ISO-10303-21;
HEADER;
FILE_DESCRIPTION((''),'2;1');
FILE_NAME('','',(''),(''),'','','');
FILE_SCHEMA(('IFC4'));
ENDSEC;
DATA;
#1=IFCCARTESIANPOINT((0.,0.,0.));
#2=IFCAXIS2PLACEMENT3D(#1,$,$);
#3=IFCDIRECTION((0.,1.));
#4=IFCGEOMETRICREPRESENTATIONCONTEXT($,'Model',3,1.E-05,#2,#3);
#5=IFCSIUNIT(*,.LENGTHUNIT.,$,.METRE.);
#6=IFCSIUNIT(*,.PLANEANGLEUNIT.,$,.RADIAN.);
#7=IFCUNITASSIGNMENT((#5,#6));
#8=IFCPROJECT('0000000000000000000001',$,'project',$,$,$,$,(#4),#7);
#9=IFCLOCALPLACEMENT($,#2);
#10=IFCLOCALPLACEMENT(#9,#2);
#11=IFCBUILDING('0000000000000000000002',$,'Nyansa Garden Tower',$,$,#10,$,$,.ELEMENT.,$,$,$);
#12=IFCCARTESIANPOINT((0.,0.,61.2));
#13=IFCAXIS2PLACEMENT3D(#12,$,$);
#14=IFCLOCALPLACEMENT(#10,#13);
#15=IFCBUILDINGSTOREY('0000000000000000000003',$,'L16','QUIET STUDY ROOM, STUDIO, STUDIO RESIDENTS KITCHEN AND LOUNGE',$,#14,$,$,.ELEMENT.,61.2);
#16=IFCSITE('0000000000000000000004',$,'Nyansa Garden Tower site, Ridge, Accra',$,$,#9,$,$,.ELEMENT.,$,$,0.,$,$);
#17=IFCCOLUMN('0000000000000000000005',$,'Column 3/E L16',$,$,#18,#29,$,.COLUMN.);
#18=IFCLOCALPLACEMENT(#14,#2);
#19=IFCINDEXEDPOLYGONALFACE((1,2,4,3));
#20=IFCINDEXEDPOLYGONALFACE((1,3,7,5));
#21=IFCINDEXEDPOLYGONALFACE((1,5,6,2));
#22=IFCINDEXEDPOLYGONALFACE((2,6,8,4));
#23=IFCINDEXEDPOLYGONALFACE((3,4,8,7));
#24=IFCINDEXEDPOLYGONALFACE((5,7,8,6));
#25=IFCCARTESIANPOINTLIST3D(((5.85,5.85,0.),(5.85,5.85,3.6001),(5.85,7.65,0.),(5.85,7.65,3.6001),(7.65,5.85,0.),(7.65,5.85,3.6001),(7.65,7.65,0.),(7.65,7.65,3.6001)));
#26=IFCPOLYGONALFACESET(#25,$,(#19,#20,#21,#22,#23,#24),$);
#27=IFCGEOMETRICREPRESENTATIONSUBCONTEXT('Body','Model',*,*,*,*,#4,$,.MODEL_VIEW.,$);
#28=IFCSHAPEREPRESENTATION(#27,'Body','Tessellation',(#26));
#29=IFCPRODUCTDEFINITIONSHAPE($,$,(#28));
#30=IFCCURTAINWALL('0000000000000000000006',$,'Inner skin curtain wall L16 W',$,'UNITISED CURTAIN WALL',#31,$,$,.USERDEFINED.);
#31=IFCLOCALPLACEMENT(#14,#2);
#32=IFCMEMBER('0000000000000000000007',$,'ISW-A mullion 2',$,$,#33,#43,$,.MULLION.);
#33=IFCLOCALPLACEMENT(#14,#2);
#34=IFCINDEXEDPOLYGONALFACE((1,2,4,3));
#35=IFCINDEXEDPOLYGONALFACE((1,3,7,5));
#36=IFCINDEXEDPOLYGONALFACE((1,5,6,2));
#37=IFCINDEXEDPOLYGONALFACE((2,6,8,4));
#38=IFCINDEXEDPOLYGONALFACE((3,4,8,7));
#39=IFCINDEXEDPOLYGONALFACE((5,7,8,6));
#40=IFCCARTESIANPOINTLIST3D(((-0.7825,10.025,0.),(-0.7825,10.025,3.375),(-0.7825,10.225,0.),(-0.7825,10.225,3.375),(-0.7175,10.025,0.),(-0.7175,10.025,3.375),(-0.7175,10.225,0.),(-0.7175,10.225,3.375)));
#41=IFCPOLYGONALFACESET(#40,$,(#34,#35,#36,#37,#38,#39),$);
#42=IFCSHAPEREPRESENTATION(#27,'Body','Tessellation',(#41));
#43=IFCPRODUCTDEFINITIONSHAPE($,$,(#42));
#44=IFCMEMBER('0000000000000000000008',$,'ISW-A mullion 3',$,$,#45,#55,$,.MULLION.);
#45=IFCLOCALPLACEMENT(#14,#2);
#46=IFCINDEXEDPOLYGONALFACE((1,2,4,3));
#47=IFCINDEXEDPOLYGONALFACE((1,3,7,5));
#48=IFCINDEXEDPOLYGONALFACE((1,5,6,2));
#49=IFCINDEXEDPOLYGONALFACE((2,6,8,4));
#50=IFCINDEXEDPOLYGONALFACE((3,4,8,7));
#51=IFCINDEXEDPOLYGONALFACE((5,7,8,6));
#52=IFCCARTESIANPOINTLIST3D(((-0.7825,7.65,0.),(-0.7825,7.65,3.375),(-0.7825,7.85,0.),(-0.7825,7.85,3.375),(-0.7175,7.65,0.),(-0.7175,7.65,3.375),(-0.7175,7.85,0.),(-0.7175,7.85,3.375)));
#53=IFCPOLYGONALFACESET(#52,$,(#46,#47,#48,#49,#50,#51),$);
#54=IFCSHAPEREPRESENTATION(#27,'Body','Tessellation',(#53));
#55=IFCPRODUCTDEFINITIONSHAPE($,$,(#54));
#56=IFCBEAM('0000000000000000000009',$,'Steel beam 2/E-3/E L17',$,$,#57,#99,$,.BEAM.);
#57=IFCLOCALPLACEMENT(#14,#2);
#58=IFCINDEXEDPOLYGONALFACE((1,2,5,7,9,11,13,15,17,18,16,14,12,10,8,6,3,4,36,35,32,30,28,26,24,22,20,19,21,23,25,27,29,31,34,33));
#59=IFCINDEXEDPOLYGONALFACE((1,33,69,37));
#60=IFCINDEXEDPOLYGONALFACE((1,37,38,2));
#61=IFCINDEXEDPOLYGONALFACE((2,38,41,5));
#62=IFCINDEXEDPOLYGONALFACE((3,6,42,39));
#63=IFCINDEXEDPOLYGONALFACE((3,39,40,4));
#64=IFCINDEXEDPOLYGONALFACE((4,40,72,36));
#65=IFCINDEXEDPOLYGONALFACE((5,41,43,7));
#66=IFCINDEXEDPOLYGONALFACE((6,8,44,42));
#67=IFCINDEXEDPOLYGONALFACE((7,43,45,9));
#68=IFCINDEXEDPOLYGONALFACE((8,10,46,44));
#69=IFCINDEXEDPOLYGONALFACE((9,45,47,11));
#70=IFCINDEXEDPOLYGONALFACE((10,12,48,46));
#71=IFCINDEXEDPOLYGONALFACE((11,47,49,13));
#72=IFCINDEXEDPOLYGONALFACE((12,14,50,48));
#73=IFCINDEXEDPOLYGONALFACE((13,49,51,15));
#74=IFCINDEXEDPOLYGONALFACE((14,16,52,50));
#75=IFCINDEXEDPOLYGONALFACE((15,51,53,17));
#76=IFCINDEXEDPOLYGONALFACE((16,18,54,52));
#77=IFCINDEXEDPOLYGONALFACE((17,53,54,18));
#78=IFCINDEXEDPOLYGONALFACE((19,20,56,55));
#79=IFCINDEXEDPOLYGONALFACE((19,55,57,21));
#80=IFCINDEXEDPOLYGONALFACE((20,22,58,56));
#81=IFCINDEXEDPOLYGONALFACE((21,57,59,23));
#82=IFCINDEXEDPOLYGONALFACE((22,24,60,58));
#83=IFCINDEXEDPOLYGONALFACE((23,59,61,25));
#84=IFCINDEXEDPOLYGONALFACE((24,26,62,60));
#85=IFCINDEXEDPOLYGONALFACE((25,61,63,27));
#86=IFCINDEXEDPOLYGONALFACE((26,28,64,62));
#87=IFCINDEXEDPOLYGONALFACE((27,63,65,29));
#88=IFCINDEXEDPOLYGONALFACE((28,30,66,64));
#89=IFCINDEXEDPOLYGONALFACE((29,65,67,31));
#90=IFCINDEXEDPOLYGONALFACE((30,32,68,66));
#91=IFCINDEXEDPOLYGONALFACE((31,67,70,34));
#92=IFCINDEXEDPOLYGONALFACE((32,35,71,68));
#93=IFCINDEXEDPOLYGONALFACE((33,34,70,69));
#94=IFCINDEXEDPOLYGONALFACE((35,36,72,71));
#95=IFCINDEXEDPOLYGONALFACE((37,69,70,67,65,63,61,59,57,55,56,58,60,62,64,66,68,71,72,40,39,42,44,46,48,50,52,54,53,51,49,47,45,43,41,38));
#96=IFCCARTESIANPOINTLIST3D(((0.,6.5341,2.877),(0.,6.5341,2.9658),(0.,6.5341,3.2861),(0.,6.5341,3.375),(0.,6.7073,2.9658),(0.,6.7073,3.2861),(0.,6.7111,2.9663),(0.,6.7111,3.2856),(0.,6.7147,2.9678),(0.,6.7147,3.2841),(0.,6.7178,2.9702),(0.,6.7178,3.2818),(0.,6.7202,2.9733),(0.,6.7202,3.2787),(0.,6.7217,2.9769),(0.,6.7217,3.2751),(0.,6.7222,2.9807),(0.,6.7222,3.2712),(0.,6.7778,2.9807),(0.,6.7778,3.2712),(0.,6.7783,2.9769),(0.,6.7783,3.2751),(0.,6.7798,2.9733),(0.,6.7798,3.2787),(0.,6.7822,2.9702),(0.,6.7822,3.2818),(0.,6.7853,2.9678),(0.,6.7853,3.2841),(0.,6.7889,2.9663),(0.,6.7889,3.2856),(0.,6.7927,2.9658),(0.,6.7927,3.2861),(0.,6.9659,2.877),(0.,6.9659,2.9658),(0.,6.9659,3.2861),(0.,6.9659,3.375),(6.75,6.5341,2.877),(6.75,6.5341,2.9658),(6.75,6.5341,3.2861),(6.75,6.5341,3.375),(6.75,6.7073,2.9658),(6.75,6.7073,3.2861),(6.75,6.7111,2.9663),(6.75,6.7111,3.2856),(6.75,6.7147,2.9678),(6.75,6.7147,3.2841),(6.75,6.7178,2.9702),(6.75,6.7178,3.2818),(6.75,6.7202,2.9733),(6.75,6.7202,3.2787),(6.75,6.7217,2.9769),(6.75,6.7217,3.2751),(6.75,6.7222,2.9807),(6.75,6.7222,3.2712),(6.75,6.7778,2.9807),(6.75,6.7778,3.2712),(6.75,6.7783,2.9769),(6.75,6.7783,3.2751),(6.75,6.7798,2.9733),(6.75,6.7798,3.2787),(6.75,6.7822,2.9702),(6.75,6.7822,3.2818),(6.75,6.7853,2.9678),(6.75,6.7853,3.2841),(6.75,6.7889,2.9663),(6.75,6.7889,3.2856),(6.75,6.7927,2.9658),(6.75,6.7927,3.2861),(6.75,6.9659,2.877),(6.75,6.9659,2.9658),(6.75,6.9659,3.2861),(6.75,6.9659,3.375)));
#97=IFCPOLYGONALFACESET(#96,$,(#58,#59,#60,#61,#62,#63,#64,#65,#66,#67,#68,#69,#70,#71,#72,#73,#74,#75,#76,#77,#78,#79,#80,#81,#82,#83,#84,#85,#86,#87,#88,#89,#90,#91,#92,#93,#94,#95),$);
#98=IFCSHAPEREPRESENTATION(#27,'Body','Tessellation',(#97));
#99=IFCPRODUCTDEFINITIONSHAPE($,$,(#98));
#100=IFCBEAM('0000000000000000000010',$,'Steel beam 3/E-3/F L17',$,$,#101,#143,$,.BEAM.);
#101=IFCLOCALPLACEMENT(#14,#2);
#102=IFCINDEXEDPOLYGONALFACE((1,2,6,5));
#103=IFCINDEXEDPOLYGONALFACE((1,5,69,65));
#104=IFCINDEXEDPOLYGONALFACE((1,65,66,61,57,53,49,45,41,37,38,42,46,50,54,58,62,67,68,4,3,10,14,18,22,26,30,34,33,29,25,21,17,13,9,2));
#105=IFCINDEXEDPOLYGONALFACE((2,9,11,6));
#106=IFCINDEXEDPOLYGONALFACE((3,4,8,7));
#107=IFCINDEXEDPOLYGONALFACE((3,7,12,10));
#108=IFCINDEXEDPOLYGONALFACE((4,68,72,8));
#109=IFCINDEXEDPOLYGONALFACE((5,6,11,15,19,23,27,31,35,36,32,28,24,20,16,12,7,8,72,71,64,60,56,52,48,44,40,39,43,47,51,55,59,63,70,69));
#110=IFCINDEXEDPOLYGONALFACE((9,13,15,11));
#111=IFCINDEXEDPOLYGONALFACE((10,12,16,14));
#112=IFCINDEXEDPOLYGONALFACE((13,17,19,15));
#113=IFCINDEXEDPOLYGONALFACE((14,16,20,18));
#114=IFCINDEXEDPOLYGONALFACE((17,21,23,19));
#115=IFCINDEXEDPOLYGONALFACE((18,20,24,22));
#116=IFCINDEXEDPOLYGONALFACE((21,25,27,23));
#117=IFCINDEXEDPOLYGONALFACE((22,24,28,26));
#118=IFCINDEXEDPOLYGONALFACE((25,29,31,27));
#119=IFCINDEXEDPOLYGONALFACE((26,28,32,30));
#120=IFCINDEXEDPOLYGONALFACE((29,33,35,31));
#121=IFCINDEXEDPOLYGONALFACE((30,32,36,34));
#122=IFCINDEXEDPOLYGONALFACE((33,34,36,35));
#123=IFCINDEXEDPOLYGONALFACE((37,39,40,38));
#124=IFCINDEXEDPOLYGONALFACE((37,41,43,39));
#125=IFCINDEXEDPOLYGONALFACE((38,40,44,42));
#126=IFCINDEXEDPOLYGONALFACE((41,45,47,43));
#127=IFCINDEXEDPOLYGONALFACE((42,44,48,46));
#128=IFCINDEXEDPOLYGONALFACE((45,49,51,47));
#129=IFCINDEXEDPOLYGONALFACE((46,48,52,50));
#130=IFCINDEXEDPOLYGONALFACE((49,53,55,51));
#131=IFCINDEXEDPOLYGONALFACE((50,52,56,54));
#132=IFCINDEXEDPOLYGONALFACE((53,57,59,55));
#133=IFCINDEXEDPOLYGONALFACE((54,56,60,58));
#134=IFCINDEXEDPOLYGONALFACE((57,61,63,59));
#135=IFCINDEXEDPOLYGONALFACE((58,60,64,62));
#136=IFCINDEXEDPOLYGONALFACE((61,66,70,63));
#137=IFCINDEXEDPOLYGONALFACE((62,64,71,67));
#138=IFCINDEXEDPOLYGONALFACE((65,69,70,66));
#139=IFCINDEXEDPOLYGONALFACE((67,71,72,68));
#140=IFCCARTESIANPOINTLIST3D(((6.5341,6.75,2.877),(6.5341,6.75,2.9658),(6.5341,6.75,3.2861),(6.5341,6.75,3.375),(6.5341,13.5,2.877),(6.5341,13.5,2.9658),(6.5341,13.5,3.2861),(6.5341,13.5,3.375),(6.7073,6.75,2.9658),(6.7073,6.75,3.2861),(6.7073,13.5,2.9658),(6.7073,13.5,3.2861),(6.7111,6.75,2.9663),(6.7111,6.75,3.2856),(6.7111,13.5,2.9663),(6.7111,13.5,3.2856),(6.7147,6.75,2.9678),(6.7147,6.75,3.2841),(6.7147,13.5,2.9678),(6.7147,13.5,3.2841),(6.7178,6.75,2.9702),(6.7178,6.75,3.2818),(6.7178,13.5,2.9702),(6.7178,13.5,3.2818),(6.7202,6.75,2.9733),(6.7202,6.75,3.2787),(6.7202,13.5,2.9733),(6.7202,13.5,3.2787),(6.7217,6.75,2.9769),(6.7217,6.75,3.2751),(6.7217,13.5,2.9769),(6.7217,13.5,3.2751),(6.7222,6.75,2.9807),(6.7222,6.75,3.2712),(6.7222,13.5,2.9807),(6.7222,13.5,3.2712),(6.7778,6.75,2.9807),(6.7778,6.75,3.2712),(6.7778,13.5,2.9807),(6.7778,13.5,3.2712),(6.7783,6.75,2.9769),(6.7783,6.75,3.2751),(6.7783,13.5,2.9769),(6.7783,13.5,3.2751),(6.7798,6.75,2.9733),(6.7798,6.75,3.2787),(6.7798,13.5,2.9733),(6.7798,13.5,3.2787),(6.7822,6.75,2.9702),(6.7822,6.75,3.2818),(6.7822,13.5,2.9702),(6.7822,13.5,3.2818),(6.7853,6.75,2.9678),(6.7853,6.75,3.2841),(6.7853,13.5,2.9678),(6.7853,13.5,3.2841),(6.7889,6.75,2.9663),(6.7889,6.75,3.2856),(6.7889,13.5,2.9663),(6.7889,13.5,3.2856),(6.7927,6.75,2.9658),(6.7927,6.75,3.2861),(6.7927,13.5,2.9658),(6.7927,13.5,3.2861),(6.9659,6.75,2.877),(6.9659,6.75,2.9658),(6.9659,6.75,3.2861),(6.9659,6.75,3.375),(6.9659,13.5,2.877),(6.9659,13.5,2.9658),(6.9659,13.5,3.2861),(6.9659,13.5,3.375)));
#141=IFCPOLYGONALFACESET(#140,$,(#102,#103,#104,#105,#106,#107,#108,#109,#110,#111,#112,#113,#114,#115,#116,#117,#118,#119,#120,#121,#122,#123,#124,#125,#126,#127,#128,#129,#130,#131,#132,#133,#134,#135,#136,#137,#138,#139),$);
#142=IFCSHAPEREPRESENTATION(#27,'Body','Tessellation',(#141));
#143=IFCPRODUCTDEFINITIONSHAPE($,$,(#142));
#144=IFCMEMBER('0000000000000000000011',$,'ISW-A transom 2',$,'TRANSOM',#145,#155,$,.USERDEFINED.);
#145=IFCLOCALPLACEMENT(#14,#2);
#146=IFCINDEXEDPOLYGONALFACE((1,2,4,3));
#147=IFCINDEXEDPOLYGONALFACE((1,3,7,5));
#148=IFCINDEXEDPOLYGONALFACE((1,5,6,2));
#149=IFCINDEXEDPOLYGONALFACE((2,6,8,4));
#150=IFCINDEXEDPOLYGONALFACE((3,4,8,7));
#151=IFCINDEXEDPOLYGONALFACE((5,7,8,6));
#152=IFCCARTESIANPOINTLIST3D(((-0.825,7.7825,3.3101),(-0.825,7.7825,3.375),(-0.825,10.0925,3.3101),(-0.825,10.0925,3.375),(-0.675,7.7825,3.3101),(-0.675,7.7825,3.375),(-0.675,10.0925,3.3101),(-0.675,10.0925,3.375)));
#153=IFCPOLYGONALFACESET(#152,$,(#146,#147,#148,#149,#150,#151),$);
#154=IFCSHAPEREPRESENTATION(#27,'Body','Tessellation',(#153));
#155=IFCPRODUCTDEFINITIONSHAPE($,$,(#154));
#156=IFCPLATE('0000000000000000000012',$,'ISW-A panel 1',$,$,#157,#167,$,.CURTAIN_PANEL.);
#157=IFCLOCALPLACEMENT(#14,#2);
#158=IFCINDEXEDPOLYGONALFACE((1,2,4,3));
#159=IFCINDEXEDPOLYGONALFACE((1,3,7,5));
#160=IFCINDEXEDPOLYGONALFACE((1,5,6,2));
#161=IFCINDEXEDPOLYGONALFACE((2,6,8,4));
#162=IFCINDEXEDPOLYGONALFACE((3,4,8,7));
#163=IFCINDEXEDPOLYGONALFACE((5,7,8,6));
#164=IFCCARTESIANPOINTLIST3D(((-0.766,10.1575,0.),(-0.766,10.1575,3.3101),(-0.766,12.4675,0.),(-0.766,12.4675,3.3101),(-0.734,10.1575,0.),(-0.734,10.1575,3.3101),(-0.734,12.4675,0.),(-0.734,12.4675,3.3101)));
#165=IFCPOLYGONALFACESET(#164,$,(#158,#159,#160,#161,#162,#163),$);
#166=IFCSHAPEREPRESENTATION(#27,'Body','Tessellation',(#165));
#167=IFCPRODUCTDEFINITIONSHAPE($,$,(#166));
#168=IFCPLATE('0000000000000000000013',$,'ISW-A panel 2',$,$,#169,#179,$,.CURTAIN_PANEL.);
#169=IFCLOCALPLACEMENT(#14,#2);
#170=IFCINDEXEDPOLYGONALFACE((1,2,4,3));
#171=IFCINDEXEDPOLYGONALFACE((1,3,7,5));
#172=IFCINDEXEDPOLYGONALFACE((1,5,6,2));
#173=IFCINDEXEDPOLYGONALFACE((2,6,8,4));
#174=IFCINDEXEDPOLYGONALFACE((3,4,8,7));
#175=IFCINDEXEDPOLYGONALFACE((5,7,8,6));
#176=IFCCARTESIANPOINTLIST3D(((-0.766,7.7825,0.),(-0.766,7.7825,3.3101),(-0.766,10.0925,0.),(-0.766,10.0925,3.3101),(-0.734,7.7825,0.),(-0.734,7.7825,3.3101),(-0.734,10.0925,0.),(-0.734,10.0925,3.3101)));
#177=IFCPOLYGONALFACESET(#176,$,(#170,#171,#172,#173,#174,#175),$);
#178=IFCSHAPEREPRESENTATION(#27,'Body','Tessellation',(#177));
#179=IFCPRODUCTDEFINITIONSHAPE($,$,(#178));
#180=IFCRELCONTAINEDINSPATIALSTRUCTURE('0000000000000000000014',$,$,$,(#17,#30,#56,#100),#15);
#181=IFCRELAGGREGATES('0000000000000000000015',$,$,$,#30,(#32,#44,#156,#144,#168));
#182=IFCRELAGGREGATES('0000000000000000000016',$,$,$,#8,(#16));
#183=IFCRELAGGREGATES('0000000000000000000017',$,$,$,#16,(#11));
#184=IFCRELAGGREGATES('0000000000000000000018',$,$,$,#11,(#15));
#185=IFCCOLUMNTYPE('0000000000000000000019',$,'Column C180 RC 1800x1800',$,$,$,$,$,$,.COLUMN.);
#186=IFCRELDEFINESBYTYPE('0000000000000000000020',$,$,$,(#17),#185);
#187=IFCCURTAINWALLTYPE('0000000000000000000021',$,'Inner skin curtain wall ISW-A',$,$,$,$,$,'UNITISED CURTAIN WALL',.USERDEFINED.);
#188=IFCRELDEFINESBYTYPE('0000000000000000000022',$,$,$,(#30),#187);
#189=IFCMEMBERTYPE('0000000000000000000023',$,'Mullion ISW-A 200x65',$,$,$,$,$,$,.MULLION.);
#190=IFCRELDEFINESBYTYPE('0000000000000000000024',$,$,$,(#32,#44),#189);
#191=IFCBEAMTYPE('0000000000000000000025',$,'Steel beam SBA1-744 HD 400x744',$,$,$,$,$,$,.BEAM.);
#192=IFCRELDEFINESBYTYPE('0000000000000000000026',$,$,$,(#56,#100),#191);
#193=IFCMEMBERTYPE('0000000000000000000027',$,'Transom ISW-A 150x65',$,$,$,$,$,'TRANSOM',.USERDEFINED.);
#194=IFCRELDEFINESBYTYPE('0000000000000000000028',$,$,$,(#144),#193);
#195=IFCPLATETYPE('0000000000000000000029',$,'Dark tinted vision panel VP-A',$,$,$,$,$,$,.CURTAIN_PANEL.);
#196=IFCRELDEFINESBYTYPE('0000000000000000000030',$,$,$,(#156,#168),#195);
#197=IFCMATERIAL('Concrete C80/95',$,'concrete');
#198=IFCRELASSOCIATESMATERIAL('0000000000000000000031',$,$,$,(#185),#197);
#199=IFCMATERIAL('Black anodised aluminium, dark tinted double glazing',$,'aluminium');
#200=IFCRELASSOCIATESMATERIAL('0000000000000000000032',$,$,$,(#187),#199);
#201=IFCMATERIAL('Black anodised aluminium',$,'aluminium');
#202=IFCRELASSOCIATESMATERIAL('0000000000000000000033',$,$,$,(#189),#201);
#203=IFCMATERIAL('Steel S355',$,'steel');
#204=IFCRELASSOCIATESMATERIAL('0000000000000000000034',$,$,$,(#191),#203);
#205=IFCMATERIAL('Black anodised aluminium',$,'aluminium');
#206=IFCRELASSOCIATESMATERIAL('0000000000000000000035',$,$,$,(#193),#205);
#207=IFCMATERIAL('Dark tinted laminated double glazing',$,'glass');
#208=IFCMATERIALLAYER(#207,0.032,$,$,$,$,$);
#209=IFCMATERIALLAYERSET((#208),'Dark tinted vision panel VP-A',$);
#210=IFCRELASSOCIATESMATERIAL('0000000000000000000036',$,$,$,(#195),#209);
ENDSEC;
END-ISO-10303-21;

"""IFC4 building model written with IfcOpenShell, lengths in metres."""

from ifc_helpers import new_model, si_unit, direction, frame, origin, origin_2d, place, context, subcontext, project, spatial, rectangle, i_section, extrude, material, layer, layer_set, material_profile, profile_set, type_object, element, aggregate, save


model = new_model("IFC4")

# Units and contexts
model_context = context("Model", 3, precision=1e-05, world=origin(), true_north=direction((0.0, 1.0)))
body_context = subcontext(model_context, "Body", "Model", "MODEL_VIEW")
ifc_project = project(units=[si_unit("LENGTHUNIT", "METRE"), si_unit("PLANEANGLEUNIT", "RADIAN")], contexts=[model_context])

# Site, building, storey
site_placement = place(None, origin())
site = spatial("IfcSite", under=ifc_project, at=site_placement, Name="Nyansa Garden Tower site, Ridge, Accra", CompositionType="ELEMENT", RefElevation=0.0)
building_placement = place(site_placement, origin())
building = spatial("IfcBuilding", under=site, at=building_placement, Name="Nyansa Garden Tower", CompositionType="ELEMENT")
storey_placement = place(building_placement, frame((0.0, 0.0, 61.2)))
storey = spatial("IfcBuildingStorey", under=building, at=storey_placement, Name="L16", Description="QUIET STUDY ROOM, STUDIO, STUDIO RESIDENTS KITCHEN AND LOUNGE", CompositionType="ELEMENT", Elevation=61.2)

# Column
ifc_material_1 = material(Name="Concrete C80/95", Category="concrete")
ifc_material_profile_1 = material_profile(ifc_material_1, rectangle(XDim=1.8, YDim=1.8, at=origin_2d()), Name="RC 1800x1800")
ifc_profile_set_1 = profile_set([ifc_material_profile_1], Name="Concrete C80/95")
column_type = type_object("IfcColumnType", Name="Column C180 RC 1800x1800", PredefinedType="COLUMN", material=ifc_profile_set_1)
column_placement = place(storey_placement, frame((6.75, 6.75, 0.0), z_axis=(0.0, 0.0, 1.0), x_axis=(1.0, 0.0, 0.0)))
element("IfcColumn", 1, at=column_placement, inside=storey, type_object=column_type, Name="Column 3/E L16", PredefinedType="COLUMN", context=body_context, shape_type="SweptSolid", body=[
    extrude(rectangle(XDim=1.8, YDim=1.8, at=origin_2d()), origin(), (0.0, 0.0, 1.0), 3.6001),
])

# Curtain wall, members
ifc_material_2 = material(Name="Black anodised aluminium, dark tinted double glazing", Category="aluminium")
curtain_wall_type = type_object("IfcCurtainWallType", Name="Inner skin curtain wall ISW-A", ElementType="UNITISED CURTAIN WALL", PredefinedType="USERDEFINED", material=ifc_material_2)
curtain_wall_placement = place(storey_placement, origin())
curtain_wall = element("IfcCurtainWall", 2, at=curtain_wall_placement, inside=storey, type_object=curtain_wall_type, Name="Inner skin curtain wall L16 W", ObjectType="UNITISED CURTAIN WALL", PredefinedType="USERDEFINED")
ifc_material_3 = material(Name="Black anodised aluminium", Category="aluminium")
ifc_material_profile_2 = material_profile(ifc_material_3, rectangle(XDim=0.0649, YDim=0.2, at=origin_2d()), Name="Mullion 200x65")
ifc_profile_set_2 = profile_set([ifc_material_profile_2], Name="Black anodised aluminium")
member_type_1 = type_object("IfcMemberType", Name="Mullion ISW-A 200x65", PredefinedType="MULLION", material=ifc_profile_set_2)
member_1_placement = place(storey_placement, frame((-0.75, 10.125, 0.0), z_axis=(0.0, 0.0, 1.0), x_axis=(1.0, 0.0, 0.0)))
member_1 = element("IfcMember", 3, at=member_1_placement, type_object=member_type_1, Name="ISW-A mullion 2", PredefinedType="MULLION", context=body_context, shape_type="SweptSolid", body=[
    extrude(rectangle(XDim=0.0649, YDim=0.2, at=origin_2d()), origin(), (0.0, 0.0, 1.0), 3.375),
])
member_2_placement = place(storey_placement, frame((-0.75, 7.75, 0.0), z_axis=(0.0, 0.0, 1.0), x_axis=(1.0, 0.0, 0.0)))
member_2 = element("IfcMember", 4, at=member_2_placement, type_object=member_type_1, Name="ISW-A mullion 3", PredefinedType="MULLION", context=body_context, shape_type="SweptSolid", body=[
    extrude(rectangle(XDim=0.0649, YDim=0.2, at=origin_2d()), origin(), (0.0, 0.0, 1.0), 3.375),
])

# Beams
ifc_material_4 = material(Name="Steel S355", Category="steel")
ifc_material_profile_3 = material_profile(ifc_material_4, i_section(OverallWidth=0.4319, OverallDepth=0.498, WebThickness=0.0557, FlangeThickness=0.0889, FilletRadius=0.0149, at=origin_2d()), Name="HD 400x744")
ifc_profile_set_3 = profile_set([ifc_material_profile_3], Name="Steel S355")
beam_type = type_object("IfcBeamType", Name="Steel beam SBA1-744 HD 400x744", PredefinedType="BEAM", material=ifc_profile_set_3)
for number, where, z_axis, x_axis, name in (
    (5, (0.0, 6.75, 3.126), (1.0, 0.0, 0.0), (0.0, 1.0, 0.0), "Steel beam 2/E-3/E L17"),
    (6, (6.75, 6.75, 3.126), (0.0, 1.0, 0.0), (-1.0, 0.0, 0.0), "Steel beam 3/E-3/F L17"),
):
    element("IfcBeam", number, at=place(storey_placement, frame(where, z_axis=z_axis, x_axis=x_axis)), inside=storey, type_object=beam_type, Name=name, PredefinedType="BEAM", context=body_context, shape_type="SweptSolid", body=[
        extrude(i_section(OverallWidth=0.4319, OverallDepth=0.498, WebThickness=0.0557, FlangeThickness=0.0889, FilletRadius=0.0149, at=origin_2d()), origin(), (0.0, 0.0, 1.0), 6.75),
    ])

# Member
ifc_material_5 = material(Name="Black anodised aluminium", Category="aluminium")
ifc_material_profile_4 = material_profile(ifc_material_5, rectangle(XDim=0.1499, YDim=0.0649, at=origin_2d()), Name="Transom 150x65")
ifc_profile_set_4 = profile_set([ifc_material_profile_4], Name="Black anodised aluminium")
member_type_2 = type_object("IfcMemberType", Name="Transom ISW-A 150x65", ElementType="TRANSOM", PredefinedType="USERDEFINED", material=ifc_profile_set_4)
member_3_placement = place(storey_placement, frame((-0.75, 10.0925, 3.3425), z_axis=(0.0, -1.0, 0.0), x_axis=(1.0, 0.0, 0.0)))
member_3 = element("IfcMember", 7, at=member_3_placement, type_object=member_type_2, Name="ISW-A transom 2", ObjectType="TRANSOM", PredefinedType="USERDEFINED", context=body_context, shape_type="SweptSolid", body=[
    extrude(rectangle(XDim=0.1499, YDim=0.0649, at=origin_2d()), origin(), (0.0, 0.0, 1.0), 2.3101),
])

# Plates
ifc_material_6 = material(Name="Dark tinted laminated double glazing", Category="glass")
ifc_layer_1 = layer(ifc_material_6, 0.032)
ifc_layer_set_1 = layer_set([ifc_layer_1], Name="Dark tinted vision panel VP-A")
plate_type = type_object("IfcPlateType", Name="Dark tinted vision panel VP-A", PredefinedType="CURTAIN_PANEL", material=ifc_layer_set_1)
plate_1_placement = place(storey_placement, frame((-0.75, 11.3125, 0.0), z_axis=(0.0, 0.0, 1.0), x_axis=(0.0, -1.0, 0.0)))
plate_1 = element("IfcPlate", 8, at=plate_1_placement, type_object=plate_type, Name="ISW-A panel 1", PredefinedType="CURTAIN_PANEL", context=body_context, shape_type="SweptSolid", body=[
    extrude(rectangle(XDim=2.3101, YDim=0.032, at=origin_2d()), origin(), (0.0, 0.0, 1.0), 3.3101),
])
plate_2_placement = place(storey_placement, frame((-0.75, 8.9375, 0.0), z_axis=(0.0, 0.0, 1.0), x_axis=(0.0, -1.0, 0.0)))
plate_2 = element("IfcPlate", 9, at=plate_2_placement, type_object=plate_type, Name="ISW-A panel 2", PredefinedType="CURTAIN_PANEL", context=body_context, shape_type="SweptSolid", body=[
    extrude(rectangle(XDim=2.3101, YDim=0.032, at=origin_2d()), origin(), (0.0, 0.0, 1.0), 3.3101),
])
aggregate(curtain_wall, [member_1, member_2, plate_1, member_3, plate_2])

save(model, "model.ifc")
